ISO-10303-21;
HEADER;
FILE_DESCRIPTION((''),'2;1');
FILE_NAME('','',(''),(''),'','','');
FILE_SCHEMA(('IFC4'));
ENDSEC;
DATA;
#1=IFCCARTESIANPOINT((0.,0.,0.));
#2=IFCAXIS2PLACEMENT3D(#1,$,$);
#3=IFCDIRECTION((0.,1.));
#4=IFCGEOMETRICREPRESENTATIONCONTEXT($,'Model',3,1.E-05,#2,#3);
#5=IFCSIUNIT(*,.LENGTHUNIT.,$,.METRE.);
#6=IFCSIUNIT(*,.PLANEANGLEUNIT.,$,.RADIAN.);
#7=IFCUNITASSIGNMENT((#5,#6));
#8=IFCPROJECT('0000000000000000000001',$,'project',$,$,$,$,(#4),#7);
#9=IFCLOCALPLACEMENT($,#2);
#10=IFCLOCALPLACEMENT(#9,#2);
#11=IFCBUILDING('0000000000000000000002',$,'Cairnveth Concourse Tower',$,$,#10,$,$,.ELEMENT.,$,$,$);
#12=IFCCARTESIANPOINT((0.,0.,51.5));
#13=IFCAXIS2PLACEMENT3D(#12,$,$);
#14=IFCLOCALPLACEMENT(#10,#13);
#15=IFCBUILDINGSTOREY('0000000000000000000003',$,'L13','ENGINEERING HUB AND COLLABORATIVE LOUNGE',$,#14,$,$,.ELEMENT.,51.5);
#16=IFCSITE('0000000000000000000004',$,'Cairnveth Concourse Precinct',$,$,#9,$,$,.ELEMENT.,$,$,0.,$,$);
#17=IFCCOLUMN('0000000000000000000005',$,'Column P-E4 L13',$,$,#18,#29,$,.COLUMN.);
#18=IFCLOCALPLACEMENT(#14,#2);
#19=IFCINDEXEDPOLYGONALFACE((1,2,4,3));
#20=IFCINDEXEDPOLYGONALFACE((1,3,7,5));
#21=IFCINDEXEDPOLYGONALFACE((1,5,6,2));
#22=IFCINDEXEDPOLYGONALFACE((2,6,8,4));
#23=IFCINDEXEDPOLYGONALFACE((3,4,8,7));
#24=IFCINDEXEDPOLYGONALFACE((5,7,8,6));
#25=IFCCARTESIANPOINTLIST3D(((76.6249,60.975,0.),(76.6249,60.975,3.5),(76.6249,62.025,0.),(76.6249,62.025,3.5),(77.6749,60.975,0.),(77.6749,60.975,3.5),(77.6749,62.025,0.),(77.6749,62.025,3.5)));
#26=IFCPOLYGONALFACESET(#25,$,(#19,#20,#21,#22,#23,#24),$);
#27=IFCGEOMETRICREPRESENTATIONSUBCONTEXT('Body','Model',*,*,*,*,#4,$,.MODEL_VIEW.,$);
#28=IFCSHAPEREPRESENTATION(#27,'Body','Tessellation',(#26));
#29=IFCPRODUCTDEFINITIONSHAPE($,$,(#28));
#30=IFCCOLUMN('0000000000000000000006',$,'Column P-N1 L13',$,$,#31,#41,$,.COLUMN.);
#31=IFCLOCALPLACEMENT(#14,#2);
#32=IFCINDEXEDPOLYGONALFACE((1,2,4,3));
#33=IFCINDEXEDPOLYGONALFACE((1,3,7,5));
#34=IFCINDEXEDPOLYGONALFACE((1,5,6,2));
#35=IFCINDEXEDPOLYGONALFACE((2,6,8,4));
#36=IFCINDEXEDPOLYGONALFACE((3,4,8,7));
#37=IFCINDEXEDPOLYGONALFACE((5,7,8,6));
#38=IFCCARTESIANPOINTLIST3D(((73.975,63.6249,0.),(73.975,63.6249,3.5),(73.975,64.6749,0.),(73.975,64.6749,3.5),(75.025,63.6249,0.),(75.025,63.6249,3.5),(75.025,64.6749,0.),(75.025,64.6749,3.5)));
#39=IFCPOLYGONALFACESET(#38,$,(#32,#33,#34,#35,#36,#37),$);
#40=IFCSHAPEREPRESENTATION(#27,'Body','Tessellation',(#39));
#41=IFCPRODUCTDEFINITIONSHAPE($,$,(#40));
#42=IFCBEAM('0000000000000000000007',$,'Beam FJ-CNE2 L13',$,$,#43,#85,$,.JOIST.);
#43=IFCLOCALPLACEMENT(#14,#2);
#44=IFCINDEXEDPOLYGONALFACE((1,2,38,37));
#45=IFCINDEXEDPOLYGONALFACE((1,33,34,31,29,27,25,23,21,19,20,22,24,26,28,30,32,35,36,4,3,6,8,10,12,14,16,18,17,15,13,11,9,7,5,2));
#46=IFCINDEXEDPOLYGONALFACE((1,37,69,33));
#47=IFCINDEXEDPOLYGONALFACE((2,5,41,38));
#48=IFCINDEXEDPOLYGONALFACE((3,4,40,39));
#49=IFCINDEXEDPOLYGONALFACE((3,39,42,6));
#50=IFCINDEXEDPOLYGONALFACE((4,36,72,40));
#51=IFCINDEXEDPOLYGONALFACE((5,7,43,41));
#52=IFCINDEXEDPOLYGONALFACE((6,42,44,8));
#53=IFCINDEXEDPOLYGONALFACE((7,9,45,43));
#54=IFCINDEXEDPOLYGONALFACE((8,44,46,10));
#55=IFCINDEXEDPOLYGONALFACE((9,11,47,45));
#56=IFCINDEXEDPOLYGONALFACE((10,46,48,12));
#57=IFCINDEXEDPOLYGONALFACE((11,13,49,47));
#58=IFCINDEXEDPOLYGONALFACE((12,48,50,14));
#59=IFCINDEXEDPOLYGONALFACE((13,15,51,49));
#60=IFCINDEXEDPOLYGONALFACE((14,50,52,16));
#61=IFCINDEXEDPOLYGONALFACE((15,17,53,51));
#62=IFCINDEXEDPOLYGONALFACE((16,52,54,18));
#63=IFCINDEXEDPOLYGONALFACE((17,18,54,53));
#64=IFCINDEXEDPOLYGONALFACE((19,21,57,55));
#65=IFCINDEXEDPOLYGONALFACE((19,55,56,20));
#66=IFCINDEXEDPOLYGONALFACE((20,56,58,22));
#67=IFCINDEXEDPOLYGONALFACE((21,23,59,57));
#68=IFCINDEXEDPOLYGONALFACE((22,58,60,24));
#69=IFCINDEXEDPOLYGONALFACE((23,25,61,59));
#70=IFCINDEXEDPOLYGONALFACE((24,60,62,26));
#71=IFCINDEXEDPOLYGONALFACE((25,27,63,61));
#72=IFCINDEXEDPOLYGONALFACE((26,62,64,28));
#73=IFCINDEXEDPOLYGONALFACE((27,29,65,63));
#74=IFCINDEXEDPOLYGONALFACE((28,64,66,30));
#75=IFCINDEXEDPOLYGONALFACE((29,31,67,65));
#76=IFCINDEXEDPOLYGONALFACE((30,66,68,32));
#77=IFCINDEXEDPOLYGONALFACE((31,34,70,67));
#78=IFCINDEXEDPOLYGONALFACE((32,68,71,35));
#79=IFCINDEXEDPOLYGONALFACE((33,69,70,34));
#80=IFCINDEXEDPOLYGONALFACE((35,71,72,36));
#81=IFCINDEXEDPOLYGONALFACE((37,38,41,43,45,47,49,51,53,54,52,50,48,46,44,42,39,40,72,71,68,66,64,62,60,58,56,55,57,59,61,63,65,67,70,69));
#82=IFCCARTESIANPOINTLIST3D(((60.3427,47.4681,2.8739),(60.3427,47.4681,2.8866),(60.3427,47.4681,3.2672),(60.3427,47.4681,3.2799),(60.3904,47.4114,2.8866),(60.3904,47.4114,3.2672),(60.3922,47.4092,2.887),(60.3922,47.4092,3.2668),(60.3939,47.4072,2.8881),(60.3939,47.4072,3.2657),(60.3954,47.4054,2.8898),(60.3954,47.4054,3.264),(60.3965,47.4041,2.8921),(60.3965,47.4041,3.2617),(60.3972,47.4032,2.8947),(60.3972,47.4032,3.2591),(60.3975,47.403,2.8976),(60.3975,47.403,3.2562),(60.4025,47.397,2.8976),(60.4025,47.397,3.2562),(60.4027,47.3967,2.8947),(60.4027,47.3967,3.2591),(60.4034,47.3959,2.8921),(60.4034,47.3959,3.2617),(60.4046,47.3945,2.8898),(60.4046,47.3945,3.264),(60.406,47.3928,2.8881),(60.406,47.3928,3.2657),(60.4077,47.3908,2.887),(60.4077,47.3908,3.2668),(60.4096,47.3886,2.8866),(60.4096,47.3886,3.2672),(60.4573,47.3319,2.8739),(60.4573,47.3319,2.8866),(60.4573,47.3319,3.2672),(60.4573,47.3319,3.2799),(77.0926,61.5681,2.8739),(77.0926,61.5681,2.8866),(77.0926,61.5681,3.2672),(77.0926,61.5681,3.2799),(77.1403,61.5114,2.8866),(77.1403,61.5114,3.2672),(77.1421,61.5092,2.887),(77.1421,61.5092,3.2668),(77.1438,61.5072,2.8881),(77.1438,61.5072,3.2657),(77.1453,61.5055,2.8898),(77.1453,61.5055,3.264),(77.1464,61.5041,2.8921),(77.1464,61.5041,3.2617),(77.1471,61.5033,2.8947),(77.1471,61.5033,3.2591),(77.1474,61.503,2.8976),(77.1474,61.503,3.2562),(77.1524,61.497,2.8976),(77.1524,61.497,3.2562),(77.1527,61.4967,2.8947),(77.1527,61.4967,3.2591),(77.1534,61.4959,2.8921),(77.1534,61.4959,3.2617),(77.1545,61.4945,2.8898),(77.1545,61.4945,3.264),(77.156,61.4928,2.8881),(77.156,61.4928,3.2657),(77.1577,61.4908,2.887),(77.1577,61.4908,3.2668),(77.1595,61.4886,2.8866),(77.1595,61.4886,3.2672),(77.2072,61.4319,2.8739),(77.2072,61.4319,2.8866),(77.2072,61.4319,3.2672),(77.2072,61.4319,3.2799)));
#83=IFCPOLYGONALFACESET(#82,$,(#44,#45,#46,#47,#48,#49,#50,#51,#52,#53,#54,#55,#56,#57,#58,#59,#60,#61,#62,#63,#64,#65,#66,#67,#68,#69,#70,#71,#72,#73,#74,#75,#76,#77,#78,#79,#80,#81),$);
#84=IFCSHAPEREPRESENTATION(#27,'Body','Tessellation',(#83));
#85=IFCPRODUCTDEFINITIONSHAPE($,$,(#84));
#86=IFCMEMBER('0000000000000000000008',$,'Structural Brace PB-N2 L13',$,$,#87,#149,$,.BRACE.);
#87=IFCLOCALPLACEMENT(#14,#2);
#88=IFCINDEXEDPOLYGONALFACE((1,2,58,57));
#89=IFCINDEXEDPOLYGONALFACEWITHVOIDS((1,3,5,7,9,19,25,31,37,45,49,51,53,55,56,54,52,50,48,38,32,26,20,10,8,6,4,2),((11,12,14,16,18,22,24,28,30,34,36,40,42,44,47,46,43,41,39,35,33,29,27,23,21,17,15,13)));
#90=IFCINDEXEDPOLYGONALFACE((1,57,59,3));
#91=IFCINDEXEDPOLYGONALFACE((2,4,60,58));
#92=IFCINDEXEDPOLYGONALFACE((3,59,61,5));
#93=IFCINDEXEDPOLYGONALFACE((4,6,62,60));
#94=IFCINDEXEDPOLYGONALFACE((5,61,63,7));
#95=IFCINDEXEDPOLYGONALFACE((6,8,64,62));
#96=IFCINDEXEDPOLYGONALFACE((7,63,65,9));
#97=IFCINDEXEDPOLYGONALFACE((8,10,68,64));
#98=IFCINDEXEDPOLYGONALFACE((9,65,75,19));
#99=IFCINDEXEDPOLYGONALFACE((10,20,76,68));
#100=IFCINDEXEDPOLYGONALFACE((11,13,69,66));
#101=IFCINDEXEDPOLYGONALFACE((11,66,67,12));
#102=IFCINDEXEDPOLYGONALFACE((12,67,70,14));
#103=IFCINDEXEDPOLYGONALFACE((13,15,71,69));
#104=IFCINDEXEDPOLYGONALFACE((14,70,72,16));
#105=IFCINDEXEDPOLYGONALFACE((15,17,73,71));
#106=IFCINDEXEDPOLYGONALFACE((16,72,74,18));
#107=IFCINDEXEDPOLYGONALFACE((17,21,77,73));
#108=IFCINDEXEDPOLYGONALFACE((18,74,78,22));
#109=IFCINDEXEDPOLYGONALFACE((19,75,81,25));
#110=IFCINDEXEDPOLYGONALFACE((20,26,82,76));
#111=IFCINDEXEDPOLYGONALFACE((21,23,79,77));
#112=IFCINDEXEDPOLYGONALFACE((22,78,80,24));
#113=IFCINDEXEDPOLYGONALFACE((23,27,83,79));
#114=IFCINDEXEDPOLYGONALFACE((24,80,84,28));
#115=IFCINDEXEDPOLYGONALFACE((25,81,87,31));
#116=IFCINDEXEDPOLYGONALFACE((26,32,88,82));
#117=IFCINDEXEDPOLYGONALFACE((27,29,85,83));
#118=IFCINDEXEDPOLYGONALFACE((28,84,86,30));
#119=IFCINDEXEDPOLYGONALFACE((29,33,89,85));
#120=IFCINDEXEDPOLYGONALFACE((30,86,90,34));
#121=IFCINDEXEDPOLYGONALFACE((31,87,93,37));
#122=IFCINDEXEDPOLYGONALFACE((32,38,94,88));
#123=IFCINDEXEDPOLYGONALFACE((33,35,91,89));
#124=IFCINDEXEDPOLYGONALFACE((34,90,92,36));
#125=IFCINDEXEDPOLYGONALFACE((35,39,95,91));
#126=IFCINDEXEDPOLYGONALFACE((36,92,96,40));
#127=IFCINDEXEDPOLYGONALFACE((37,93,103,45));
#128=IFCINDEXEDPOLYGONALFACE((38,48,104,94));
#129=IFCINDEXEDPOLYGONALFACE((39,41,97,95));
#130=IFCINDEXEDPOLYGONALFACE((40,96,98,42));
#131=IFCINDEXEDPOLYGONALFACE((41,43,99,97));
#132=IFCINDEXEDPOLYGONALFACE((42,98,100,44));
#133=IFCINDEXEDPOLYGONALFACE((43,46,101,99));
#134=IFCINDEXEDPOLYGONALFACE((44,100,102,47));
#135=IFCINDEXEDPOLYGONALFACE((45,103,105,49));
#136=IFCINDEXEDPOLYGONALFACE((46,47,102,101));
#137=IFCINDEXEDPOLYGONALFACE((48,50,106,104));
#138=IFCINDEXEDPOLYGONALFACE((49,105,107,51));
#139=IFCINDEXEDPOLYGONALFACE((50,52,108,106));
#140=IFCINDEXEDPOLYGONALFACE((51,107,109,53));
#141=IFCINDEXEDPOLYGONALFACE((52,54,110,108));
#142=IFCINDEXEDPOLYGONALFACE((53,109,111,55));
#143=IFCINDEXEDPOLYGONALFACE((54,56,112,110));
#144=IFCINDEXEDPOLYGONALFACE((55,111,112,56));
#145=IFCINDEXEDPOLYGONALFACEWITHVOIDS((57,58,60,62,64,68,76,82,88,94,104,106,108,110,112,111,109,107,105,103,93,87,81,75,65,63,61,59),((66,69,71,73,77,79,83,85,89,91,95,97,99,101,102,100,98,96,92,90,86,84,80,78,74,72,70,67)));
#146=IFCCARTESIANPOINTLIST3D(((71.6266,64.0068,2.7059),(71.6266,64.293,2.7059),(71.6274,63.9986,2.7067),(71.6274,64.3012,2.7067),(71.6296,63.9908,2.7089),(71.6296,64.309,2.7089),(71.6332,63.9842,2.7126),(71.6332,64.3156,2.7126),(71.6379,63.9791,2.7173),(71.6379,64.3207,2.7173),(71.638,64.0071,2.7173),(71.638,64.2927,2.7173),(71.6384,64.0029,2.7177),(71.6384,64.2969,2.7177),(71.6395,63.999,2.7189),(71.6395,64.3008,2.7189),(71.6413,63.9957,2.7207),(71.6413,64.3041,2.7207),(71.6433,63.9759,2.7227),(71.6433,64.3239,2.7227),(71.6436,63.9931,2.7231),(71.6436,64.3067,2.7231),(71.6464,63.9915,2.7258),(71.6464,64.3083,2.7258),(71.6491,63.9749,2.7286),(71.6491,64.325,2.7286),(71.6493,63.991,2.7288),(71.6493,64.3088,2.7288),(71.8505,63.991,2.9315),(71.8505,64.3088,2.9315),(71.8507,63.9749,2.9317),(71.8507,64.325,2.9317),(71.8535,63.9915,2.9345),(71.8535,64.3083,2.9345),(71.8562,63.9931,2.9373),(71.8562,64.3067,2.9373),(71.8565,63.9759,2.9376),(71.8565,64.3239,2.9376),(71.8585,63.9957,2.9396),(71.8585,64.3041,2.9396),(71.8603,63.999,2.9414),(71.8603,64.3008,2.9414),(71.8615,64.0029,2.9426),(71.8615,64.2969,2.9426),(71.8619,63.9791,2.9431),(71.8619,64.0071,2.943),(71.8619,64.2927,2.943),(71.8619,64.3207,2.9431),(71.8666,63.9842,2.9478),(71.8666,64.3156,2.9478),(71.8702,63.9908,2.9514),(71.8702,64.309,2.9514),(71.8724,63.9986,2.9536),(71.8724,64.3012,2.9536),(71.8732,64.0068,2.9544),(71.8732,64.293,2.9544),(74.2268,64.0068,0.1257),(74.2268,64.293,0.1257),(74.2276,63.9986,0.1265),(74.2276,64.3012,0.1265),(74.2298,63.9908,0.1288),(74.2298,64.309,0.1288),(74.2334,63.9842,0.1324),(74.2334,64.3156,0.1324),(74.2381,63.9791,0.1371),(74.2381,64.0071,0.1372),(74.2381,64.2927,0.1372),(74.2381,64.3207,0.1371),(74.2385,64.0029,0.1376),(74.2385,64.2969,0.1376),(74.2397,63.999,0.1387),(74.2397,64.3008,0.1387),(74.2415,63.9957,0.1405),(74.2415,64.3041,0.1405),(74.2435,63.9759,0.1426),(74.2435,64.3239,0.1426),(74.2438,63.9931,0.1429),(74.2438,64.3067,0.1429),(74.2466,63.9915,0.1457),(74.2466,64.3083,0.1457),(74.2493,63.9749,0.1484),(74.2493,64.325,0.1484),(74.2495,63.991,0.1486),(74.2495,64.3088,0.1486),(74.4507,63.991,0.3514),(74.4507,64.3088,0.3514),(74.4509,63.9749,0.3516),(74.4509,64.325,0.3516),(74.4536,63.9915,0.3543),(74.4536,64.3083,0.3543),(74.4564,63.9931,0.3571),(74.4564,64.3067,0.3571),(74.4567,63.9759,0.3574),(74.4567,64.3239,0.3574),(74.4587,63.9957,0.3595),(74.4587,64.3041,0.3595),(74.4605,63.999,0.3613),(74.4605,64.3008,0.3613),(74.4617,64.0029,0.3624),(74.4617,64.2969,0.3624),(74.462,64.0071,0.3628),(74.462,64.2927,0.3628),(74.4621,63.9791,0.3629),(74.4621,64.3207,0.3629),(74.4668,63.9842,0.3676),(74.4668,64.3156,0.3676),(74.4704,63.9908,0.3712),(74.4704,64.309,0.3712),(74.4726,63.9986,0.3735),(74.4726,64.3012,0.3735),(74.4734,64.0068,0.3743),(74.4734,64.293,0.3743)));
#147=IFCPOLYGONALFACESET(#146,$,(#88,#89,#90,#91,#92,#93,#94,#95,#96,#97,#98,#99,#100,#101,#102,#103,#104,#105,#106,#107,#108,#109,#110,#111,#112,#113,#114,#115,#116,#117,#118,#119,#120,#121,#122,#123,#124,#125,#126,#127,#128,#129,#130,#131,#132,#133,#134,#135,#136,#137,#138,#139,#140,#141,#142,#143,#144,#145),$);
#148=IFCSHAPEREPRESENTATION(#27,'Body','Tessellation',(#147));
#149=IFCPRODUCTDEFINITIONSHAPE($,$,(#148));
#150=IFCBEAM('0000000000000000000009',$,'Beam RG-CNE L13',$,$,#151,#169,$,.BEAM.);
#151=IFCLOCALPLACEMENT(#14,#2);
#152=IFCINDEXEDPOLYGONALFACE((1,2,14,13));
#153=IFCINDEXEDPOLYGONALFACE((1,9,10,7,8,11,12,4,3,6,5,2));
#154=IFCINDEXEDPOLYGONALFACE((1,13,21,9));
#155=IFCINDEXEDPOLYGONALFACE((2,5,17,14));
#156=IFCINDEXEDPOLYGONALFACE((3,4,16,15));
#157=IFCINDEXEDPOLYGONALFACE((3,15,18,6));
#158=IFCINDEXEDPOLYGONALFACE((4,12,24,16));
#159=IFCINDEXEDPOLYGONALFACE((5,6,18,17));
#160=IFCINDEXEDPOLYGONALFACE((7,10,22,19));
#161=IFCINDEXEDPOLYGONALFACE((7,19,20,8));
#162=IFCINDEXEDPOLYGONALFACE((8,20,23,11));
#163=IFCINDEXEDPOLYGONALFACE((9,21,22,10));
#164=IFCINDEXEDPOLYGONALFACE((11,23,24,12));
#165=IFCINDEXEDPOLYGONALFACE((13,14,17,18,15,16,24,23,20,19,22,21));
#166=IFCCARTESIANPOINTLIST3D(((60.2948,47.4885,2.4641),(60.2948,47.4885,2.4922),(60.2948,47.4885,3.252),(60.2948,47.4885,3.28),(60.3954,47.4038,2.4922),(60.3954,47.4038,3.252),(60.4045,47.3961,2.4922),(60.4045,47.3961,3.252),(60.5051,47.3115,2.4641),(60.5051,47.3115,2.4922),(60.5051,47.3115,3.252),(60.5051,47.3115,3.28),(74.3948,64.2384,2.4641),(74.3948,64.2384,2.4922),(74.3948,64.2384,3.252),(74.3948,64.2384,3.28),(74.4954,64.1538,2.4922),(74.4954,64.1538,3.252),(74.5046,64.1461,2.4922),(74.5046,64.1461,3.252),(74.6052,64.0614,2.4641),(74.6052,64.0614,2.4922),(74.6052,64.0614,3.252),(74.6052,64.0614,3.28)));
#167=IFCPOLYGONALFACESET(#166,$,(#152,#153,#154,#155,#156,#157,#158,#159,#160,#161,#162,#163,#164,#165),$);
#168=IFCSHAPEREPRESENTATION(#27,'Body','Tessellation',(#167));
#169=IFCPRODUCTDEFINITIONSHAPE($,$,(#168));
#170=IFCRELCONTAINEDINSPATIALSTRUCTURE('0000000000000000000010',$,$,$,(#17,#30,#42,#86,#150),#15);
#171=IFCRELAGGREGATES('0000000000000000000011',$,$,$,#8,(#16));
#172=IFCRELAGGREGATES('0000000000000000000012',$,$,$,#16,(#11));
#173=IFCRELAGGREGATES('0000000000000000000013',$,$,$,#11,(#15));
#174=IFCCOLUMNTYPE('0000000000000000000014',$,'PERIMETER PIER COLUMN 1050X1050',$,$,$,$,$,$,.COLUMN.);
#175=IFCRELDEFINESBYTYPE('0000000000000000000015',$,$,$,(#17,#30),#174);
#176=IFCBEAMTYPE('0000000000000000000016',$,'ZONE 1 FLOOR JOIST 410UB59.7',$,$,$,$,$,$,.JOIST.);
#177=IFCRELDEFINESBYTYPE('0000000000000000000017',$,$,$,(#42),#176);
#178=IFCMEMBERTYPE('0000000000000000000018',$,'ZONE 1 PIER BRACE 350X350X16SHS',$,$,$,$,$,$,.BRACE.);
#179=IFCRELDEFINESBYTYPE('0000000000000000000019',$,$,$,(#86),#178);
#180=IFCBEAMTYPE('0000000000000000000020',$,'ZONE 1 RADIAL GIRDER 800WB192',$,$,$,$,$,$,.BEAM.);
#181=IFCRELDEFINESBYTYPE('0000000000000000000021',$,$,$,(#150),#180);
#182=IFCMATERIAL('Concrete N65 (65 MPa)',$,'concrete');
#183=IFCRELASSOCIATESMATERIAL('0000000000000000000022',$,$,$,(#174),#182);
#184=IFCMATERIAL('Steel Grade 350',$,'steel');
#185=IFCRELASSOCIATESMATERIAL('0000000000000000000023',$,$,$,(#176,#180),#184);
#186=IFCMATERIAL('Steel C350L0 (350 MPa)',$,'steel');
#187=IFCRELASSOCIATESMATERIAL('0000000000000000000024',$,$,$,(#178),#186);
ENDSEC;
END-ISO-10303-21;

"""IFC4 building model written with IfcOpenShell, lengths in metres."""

from ifc_helpers import new_model, si_unit, direction, frame, origin, origin_2d, place, context, subcontext, project, spatial, rectangle, hollow_rectangle, i_section, extrude, material, material_profile, profile_set, type_object, element, save


model = new_model("IFC4")

# Units and contexts
model_context = context("Model", 3, precision=1e-05, world=origin(), true_north=direction((0.0, 1.0)))
body_context = subcontext(model_context, "Body", "Model", "MODEL_VIEW")
ifc_project = project(units=[si_unit("LENGTHUNIT", "METRE"), si_unit("PLANEANGLEUNIT", "RADIAN")], contexts=[model_context])

# Site, building, storey
site_placement = place(None, origin())
site = spatial("IfcSite", under=ifc_project, at=site_placement, Name="Cairnveth Concourse Precinct", CompositionType="ELEMENT", RefElevation=0.0)
building_placement = place(site_placement, origin())
building = spatial("IfcBuilding", under=site, at=building_placement, Name="Cairnveth Concourse Tower", CompositionType="ELEMENT")
storey_placement = place(building_placement, frame((0.0, 0.0, 51.5)))
storey = spatial("IfcBuildingStorey", under=building, at=storey_placement, Name="L13", Description="ENGINEERING HUB AND COLLABORATIVE LOUNGE", CompositionType="ELEMENT", Elevation=51.5)

# Columns
ifc_material_1 = material(Name="Concrete N65 (65 MPa)", Category="concrete")
ifc_material_profile_1 = material_profile(ifc_material_1, rectangle(XDim=1.05, YDim=1.05, at=origin_2d()), Name="RC-COL-1050x1050")
ifc_profile_set_1 = profile_set([ifc_material_profile_1], Name="Concrete N65 (65 MPa)")
column_type = type_object("IfcColumnType", Name="PERIMETER PIER COLUMN 1050X1050", PredefinedType="COLUMN", material=ifc_profile_set_1)
for number, where, z_axis, x_axis, name in (
    (1, (77.1499, 61.5, 0.0), (0.0, 0.0, 1.0), (0.0, 1.0, 0.0), "Column P-E4 L13"),
    (2, (74.5, 64.1499, 0.0), (0.0, 0.0, 1.0), (1.0, 0.0, 0.0), "Column P-N1 L13"),
):
    element("IfcColumn", number, at=place(storey_placement, frame(where, z_axis=z_axis, x_axis=x_axis)), inside=storey, type_object=column_type, Name=name, PredefinedType="COLUMN", context=body_context, shape_type="SweptSolid", body=[
        extrude(rectangle(XDim=1.05, YDim=1.05, at=origin_2d()), origin(), (0.0, 0.0, 1.0), 3.5),
    ])

# Beam
ifc_material_2 = material(Name="Steel Grade 350", Category="steel")
ifc_material_profile_2 = material_profile(ifc_material_2, i_section(OverallWidth=0.178, OverallDepth=0.406, WebThickness=0.0078, FlangeThickness=0.0127, FilletRadius=0.011, at=origin_2d()), Name="410UB59.7")
ifc_profile_set_2 = profile_set([ifc_material_profile_2], Name="Steel Grade 350")
beam_type_1 = type_object("IfcBeamType", Name="ZONE 1 FLOOR JOIST 410UB59.7", PredefinedType="JOIST", material=ifc_profile_set_2)
beam_1_placement = place(storey_placement, frame((77.1499, 61.5, 3.0769), z_axis=(-0.765027, -0.643998, 0.0), x_axis=(0.643998, -0.765027, 0.0)))
element("IfcBeam", 3, at=beam_1_placement, inside=storey, type_object=beam_type_1, Name="Beam FJ-CNE2 L13", PredefinedType="JOIST", context=body_context, shape_type="SweptSolid", body=[
    extrude(i_section(OverallWidth=0.178, OverallDepth=0.406, WebThickness=0.0078, FlangeThickness=0.0127, FilletRadius=0.011, at=origin_2d()), origin(), (0.0, 0.0, 1.0), 21.8945),
])

# Member
ifc_material_3 = material(Name="Steel C350L0 (350 MPa)", Category="steel")
ifc_material_profile_3 = material_profile(ifc_material_3, hollow_rectangle(XDim=0.3501, YDim=0.3501, WallThickness=0.0161, InnerFilletRadius=0.0161, OuterFilletRadius=0.032, at=origin_2d()), Name="350x350x16.0SHS")
ifc_profile_set_3 = profile_set([ifc_material_profile_3], Name="Steel C350L0 (350 MPa)")
member_type = type_object("IfcMemberType", Name="ZONE 1 PIER BRACE 350X350X16SHS", PredefinedType="BRACE", material=ifc_profile_set_3)
member_placement = place(storey_placement, frame((74.3501, 64.1499, 0.25), z_axis=(-0.709834, 0.0, 0.704369), x_axis=(0.0, -1.0, 0.0)))
element("IfcMember", 4, at=member_placement, inside=storey, type_object=member_type, Name="Structural Brace PB-N2 L13", PredefinedType="BRACE", context=body_context, shape_type="SweptSolid", body=[
    extrude(hollow_rectangle(XDim=0.3501, YDim=0.3501, WallThickness=0.0161, InnerFilletRadius=0.0161, OuterFilletRadius=0.032, at=origin_2d()), origin(), (0.0, 0.0, 1.0), 3.6631),
])

# Beam
ifc_material_profile_4 = material_profile(ifc_material_2, i_section(OverallWidth=0.2749, OverallDepth=0.8159, WebThickness=0.012, FlangeThickness=0.0281, at=origin_2d()), Name="800WB192")
ifc_profile_set_4 = profile_set([ifc_material_profile_4], Name="Steel Grade 350")
beam_type_2 = type_object("IfcBeamType", Name="ZONE 1 RADIAL GIRDER 800WB192", PredefinedType="BEAM", material=ifc_profile_set_4)
beam_2_placement = place(storey_placement, frame((74.5, 64.1499, 2.8721), z_axis=(-0.643998, -0.765027, 0.0), x_axis=(0.765027, -0.643998, 0.0)))
element("IfcBeam", 5, at=beam_2_placement, inside=storey, type_object=beam_type_2, Name="Beam RG-CNE L13", PredefinedType="BEAM", context=body_context, shape_type="SweptSolid", body=[
    extrude(i_section(OverallWidth=0.2749, OverallDepth=0.8159, WebThickness=0.012, FlangeThickness=0.0281, at=origin_2d()), origin(), (0.0, 0.0, 1.0), 21.8945),
])

save(model, "model.ifc")
